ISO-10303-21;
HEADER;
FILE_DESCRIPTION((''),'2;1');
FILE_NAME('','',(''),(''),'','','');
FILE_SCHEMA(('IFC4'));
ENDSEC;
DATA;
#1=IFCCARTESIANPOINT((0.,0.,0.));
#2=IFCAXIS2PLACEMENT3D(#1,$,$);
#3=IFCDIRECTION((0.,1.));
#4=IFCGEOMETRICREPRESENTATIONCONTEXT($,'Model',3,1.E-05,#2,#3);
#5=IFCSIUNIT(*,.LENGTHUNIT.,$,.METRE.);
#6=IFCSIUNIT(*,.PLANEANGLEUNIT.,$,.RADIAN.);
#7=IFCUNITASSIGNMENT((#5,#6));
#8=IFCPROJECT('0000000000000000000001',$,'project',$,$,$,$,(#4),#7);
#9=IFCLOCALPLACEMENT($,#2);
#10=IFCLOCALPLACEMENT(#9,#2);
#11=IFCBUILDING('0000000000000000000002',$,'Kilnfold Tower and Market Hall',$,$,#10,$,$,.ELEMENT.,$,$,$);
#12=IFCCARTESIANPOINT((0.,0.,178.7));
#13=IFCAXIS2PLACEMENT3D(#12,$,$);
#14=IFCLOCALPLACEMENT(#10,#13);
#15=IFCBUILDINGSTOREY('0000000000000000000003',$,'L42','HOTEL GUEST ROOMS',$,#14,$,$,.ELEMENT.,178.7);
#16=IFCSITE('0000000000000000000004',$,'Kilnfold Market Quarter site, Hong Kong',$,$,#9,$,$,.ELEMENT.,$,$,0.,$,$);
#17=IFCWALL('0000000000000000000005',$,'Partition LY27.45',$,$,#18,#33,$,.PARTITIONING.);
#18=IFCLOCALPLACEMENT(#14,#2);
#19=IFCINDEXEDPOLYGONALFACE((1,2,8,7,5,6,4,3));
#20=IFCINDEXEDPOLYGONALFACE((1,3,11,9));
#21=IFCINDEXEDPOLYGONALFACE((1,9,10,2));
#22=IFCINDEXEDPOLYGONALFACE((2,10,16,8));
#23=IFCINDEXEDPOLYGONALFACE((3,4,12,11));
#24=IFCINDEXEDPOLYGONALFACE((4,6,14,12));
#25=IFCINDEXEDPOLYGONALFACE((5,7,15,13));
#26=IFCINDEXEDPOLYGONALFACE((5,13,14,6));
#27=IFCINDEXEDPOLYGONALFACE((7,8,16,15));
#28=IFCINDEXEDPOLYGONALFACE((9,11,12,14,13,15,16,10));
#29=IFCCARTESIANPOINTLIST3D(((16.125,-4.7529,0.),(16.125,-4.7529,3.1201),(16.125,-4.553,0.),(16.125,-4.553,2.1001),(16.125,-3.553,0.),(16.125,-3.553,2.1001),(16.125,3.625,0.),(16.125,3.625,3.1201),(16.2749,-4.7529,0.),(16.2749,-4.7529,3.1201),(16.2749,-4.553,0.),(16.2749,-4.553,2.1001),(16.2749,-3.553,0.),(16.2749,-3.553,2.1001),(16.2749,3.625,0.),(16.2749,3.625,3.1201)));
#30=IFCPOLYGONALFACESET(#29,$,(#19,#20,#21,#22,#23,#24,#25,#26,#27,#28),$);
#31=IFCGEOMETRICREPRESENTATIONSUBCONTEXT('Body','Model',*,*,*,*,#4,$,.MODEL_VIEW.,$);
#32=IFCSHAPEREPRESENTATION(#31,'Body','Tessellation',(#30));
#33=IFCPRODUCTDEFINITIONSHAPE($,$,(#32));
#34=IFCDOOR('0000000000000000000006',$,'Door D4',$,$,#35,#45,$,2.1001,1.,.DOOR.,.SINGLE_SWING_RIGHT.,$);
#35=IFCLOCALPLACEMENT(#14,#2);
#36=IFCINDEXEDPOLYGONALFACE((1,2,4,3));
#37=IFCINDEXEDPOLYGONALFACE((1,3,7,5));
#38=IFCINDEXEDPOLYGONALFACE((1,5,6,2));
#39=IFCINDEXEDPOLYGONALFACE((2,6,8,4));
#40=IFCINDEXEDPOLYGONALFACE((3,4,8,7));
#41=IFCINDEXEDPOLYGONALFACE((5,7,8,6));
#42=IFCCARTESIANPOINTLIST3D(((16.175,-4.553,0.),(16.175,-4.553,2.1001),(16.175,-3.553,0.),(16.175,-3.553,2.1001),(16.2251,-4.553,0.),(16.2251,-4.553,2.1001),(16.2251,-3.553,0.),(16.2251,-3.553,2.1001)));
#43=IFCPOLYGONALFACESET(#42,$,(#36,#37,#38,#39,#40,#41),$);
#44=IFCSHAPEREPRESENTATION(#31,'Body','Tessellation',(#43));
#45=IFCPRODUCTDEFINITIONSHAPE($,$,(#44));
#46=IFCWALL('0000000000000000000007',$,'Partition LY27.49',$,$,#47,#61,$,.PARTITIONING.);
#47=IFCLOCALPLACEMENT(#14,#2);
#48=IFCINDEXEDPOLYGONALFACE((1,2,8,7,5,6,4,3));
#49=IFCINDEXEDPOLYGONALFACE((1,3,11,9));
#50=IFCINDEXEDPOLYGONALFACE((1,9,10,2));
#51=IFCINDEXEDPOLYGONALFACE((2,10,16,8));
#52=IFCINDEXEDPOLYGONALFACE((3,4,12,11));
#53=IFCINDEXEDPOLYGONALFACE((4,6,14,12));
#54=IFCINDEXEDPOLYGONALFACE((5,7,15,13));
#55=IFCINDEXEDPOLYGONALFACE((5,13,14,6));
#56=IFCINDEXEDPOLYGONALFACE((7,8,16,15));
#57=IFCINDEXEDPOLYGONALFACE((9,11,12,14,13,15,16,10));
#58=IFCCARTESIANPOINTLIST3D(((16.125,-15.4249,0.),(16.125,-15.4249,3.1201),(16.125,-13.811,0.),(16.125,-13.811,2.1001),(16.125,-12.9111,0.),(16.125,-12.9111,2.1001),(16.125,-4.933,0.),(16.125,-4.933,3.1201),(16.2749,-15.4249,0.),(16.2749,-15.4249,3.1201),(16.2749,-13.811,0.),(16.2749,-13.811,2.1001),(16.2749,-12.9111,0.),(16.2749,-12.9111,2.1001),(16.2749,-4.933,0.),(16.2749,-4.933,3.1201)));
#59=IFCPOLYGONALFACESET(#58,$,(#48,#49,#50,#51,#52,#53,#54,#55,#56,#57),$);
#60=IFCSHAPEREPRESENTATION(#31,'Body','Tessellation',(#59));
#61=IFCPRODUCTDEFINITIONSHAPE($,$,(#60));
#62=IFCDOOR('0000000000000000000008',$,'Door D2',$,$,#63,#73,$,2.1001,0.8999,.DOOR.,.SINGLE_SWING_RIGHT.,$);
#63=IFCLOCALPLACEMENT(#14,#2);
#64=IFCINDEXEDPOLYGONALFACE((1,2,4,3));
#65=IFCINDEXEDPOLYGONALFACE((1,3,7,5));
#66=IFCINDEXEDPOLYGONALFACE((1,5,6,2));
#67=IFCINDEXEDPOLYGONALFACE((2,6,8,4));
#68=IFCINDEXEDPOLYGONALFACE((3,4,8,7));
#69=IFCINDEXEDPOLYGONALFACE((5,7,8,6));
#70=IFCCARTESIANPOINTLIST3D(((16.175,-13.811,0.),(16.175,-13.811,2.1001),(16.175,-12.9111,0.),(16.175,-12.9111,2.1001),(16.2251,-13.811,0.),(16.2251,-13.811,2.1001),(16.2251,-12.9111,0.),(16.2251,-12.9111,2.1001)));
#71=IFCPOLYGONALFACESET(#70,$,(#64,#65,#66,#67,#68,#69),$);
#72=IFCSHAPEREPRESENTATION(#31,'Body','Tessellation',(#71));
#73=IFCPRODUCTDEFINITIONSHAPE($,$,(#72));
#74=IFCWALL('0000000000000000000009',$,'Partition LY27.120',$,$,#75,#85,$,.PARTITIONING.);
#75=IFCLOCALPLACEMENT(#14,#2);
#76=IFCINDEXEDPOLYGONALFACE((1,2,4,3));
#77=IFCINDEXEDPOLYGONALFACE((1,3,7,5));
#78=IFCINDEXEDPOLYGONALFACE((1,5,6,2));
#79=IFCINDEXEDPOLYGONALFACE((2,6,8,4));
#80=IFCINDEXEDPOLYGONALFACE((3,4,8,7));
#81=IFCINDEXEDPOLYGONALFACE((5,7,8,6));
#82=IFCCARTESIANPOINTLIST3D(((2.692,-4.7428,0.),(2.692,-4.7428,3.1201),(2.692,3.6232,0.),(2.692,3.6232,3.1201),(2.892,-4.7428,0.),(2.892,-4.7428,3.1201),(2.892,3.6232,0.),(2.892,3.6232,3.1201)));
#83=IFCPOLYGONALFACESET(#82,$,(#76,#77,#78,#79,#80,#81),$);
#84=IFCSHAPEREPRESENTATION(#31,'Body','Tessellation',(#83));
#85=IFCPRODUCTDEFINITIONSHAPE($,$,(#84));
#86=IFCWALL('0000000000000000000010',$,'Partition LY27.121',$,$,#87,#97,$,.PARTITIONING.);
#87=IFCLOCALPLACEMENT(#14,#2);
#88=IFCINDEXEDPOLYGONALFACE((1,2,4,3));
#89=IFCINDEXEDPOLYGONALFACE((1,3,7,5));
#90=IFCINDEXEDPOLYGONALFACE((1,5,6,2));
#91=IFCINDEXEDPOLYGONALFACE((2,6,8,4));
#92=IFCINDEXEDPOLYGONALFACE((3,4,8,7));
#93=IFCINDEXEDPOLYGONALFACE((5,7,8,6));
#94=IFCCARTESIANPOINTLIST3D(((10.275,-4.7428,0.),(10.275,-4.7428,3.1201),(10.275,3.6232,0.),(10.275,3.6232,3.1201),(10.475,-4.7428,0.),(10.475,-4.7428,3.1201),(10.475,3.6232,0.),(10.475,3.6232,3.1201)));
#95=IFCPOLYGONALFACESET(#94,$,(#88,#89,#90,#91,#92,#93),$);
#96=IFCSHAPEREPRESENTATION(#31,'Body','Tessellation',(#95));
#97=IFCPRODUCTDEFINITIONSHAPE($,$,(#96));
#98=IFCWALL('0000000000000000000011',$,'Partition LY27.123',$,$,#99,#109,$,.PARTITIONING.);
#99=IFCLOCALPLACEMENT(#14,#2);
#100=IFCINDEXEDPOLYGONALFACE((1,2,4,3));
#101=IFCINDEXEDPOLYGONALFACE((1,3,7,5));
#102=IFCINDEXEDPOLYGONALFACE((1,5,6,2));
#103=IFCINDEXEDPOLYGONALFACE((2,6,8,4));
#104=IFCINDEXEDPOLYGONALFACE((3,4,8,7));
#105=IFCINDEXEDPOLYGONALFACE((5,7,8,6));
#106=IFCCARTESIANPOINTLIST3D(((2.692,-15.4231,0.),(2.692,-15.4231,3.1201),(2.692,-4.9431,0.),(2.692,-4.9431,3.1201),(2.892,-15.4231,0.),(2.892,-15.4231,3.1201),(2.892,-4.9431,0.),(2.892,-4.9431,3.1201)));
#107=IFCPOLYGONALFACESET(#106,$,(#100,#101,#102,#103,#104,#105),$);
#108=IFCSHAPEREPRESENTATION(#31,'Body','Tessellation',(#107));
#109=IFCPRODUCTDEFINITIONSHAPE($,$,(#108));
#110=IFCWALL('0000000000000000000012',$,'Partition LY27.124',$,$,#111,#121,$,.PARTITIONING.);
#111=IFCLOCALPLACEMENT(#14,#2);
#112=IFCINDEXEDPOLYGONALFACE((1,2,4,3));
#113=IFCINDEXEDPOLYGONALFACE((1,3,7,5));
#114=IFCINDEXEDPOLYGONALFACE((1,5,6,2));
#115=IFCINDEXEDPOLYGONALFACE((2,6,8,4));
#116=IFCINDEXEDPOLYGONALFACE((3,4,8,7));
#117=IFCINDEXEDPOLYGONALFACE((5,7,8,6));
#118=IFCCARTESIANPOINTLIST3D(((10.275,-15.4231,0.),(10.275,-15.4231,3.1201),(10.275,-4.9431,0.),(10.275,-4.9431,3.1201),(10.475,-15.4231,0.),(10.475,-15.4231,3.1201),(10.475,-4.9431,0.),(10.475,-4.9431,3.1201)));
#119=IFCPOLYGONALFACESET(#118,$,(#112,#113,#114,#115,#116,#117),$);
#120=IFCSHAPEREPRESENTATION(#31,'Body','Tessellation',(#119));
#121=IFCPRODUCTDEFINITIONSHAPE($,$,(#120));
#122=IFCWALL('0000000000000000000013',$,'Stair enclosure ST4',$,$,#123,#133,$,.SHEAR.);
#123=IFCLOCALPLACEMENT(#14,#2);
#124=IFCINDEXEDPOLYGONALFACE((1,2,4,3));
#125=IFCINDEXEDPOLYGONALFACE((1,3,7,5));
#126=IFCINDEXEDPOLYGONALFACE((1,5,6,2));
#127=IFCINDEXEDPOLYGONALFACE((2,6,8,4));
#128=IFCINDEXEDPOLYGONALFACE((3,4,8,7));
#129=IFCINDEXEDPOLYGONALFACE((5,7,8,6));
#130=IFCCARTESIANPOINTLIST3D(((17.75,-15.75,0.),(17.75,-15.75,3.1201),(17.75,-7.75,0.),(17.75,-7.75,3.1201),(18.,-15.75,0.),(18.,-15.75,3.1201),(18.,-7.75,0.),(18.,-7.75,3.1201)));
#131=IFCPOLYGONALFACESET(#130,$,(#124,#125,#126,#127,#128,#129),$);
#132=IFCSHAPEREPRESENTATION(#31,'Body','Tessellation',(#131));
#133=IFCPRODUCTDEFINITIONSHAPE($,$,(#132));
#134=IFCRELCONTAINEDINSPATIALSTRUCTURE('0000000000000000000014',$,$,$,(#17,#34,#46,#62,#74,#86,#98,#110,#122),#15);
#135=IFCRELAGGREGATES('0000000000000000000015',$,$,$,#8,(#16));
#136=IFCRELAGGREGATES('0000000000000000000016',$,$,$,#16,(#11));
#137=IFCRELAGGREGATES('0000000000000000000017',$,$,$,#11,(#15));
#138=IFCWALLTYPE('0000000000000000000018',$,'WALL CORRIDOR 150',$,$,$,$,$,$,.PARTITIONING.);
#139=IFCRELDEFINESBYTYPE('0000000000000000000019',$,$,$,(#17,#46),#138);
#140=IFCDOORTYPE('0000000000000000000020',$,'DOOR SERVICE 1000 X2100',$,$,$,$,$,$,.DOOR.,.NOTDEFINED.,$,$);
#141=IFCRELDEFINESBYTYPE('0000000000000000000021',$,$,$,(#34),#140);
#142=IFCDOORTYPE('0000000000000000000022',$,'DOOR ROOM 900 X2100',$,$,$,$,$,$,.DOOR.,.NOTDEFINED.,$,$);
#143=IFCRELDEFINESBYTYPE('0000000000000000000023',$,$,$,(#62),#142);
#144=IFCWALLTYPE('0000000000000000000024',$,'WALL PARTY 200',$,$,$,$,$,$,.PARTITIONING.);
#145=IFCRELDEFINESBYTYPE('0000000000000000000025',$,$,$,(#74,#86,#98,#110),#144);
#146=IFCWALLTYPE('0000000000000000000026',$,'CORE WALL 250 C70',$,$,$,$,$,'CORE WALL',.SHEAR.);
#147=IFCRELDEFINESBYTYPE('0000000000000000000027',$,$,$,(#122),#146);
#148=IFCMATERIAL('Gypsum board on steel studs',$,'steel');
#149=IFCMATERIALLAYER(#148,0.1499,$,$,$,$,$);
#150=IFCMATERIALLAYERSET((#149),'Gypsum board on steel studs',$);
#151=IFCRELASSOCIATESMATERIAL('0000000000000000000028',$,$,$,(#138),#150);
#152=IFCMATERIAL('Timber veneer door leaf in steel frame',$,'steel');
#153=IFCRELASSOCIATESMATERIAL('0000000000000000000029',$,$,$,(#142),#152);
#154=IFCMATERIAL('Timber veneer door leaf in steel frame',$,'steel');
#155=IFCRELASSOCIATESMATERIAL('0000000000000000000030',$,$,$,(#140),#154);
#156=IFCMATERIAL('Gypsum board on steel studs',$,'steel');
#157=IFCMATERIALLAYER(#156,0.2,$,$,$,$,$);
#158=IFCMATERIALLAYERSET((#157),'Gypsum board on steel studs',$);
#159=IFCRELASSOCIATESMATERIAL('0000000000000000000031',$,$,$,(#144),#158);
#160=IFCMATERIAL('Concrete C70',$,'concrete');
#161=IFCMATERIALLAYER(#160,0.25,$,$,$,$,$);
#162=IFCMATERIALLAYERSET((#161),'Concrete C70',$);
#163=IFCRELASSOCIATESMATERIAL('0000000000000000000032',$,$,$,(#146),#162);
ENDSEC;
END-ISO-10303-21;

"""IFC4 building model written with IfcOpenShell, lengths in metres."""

from ifc_helpers import new_model, si_unit, direction, frame, frame_2d, origin, place, context, subcontext, project, spatial, rectangle, extrude, source, transform, mapped, material, layer, layer_set, type_object, element, fill, save


model = new_model("IFC4")

# Units and contexts
model_context = context("Model", 3, precision=1e-05, world=origin(), true_north=direction((0.0, 1.0)))
body_context = subcontext(model_context, "Body", "Model", "MODEL_VIEW")
ifc_project = project(units=[si_unit("LENGTHUNIT", "METRE"), si_unit("PLANEANGLEUNIT", "RADIAN")], contexts=[model_context])

# Site, building, storey
site_placement = place(None, origin())
site = spatial("IfcSite", under=ifc_project, at=site_placement, Name="Kilnfold Market Quarter site, Hong Kong", CompositionType="ELEMENT", RefElevation=0.0)
building_placement = place(site_placement, origin())
building = spatial("IfcBuilding", under=site, at=building_placement, Name="Kilnfold Tower and Market Hall", CompositionType="ELEMENT")
storey_placement = place(building_placement, frame((0.0, 0.0, 178.7)))
storey = spatial("IfcBuildingStorey", under=building, at=storey_placement, Name="L42", Description="HOTEL GUEST ROOMS", CompositionType="ELEMENT", Elevation=178.7)

# Shared definitions
ifc_material_1 = material(Name="Gypsum board on steel studs", Category="steel")
ifc_layer_1 = layer(ifc_material_1, 0.1499)
ifc_layer_set_1 = layer_set([ifc_layer_1], Name="Gypsum board on steel studs")
wall_type_1 = type_object("IfcWallType", Name="WALL CORRIDOR 150", PredefinedType="PARTITIONING", material=ifc_layer_set_1)
ifc_material_2 = material(Name="Timber veneer door leaf in steel frame", Category="steel")
door_type_1 = type_object("IfcDoorType", Name="DOOR ROOM 900 X2100", OperationType="NOTDEFINED", PredefinedType="DOOR", material=ifc_material_2)

# Walls, openings, doors
wall_1_placement = place(storey_placement, frame((16.2, -4.7529, 0.0), z_axis=(0.0, 0.0, 1.0), x_axis=(0.0, 1.0, 0.0)))
wall_1 = element("IfcWall", 1, at=wall_1_placement, inside=storey, type_object=wall_type_1, Name="Partition LY27.45", PredefinedType="PARTITIONING", context=body_context, shape_type="SweptSolid", body=[
    extrude(rectangle(XDim=8.3779, YDim=0.1499, at=frame_2d((4.189, 0.0))), origin(), (0.0, 0.0, 1.0), 3.1201),
])
opening_1_placement = place(wall_1_placement, frame((0.2, 0.0, 0.0)))
opening_1 = element("IfcOpeningElement", 2, at=opening_1_placement, cuts=wall_1, PredefinedType="OPENING", context=body_context, shape_type="SweptSolid", body=[
    extrude(rectangle(XDim=1.0, YDim=2.1001, at=frame_2d((0.5, 1.05))), frame((0.0, 0.085, 0.0), z_axis=(0.0, -1.0, 0.0), x_axis=(1.0, 0.0, 0.0)), (0.0, 0.0, 1.0), 0.1699),
])
ifc_material_3 = material(Name="Timber veneer door leaf in steel frame", Category="steel")
door_type_2 = type_object("IfcDoorType", Name="DOOR SERVICE 1000 X2100", OperationType="NOTDEFINED", PredefinedType="DOOR", material=ifc_material_3)
door_1_placement = place(opening_1_placement, origin())
door_1 = element("IfcDoor", 3, at=door_1_placement, inside=storey, type_object=door_type_2, Name="Door D4", OperationType="SINGLE_SWING_RIGHT", OverallHeight=2.1001, OverallWidth=1.0, PredefinedType="DOOR", context=body_context, shape_type="SweptSolid", body=[
    extrude(rectangle(XDim=1.0, YDim=2.1001, at=frame_2d((0.5, 1.05))), frame((0.0, 0.0249, 0.0), z_axis=(0.0, -1.0, 0.0), x_axis=(1.0, 0.0, 0.0)), (0.0, 0.0, 1.0), 0.05),
])
fill(opening_1, door_1)
wall_2_placement = place(storey_placement, frame((16.2, -15.425, 0.0), z_axis=(0.0, 0.0, 1.0), x_axis=(0.0, 1.0, 0.0)))
wall_2 = element("IfcWall", 4, at=wall_2_placement, inside=storey, type_object=wall_type_1, Name="Partition LY27.49", PredefinedType="PARTITIONING", context=body_context, shape_type="SweptSolid", body=[
    extrude(rectangle(XDim=10.4919, YDim=0.1499, at=frame_2d((5.2461, 0.0))), origin(), (0.0, 0.0, 1.0), 3.1201),
])
opening_2_placement = place(wall_2_placement, frame((1.614, 0.0, 0.0)))
opening_2 = element("IfcOpeningElement", 5, at=opening_2_placement, cuts=wall_2, PredefinedType="OPENING", context=body_context, shape_type="SweptSolid", body=[
    extrude(rectangle(XDim=0.8999, YDim=2.1001, at=frame_2d((0.45, 1.05))), frame((0.0, 0.085, 0.0), z_axis=(0.0, -1.0, 0.0), x_axis=(1.0, 0.0, 0.0)), (0.0, 0.0, 1.0), 0.1699),
])
door_2_placement = place(opening_2_placement, origin())
door_2 = element("IfcDoor", 6, at=door_2_placement, inside=storey, type_object=door_type_1, Name="Door D2", OperationType="SINGLE_SWING_RIGHT", OverallHeight=2.1001, OverallWidth=0.8999, PredefinedType="DOOR", context=body_context, shape_type="SweptSolid", body=[
    extrude(rectangle(XDim=0.8999, YDim=2.1001, at=frame_2d((0.45, 1.05))), frame((0.0, 0.0249, 0.0), z_axis=(0.0, -1.0, 0.0), x_axis=(1.0, 0.0, 0.0)), (0.0, 0.0, 1.0), 0.05),
])
fill(opening_2, door_2)

# Walls
ifc_material_4 = material(Name="Gypsum board on steel studs", Category="steel")
ifc_layer_2 = layer(ifc_material_4, 0.2)
ifc_layer_set_2 = layer_set([ifc_layer_2], Name="Gypsum board on steel studs")
wall_type_2 = type_object("IfcWallType", Name="WALL PARTY 200", PredefinedType="PARTITIONING", material=ifc_layer_set_2)
for number, where, z_axis, x_axis, name in (
    (7, (2.792, -4.7429, 0.0), (0.0, 0.0, 1.0), (0.0, 1.0, 0.0), "Partition LY27.120"),
    (8, (10.375, -4.7429, 0.0), (0.0, 0.0, 1.0), (0.0, 1.0, 0.0), "Partition LY27.121"),
):
    element("IfcWall", number, at=place(storey_placement, frame(where, z_axis=z_axis, x_axis=x_axis)), inside=storey, type_object=wall_type_2, Name=name, PredefinedType="PARTITIONING", context=body_context, shape_type="SweptSolid", body=[
        extrude(rectangle(XDim=8.366, YDim=0.2, at=frame_2d((4.1831, 0.0))), origin(), (0.0, 0.0, 1.0), 3.1201),
    ])
for number, where, z_axis, x_axis, name in (
    (9, (2.792, -15.4231, 0.0), (0.0, 0.0, 1.0), (0.0, 1.0, 0.0), "Partition LY27.123"),
    (10, (10.375, -15.4231, 0.0), (0.0, 0.0, 1.0), (0.0, 1.0, 0.0), "Partition LY27.124"),
):
    element("IfcWall", number, at=place(storey_placement, frame(where, z_axis=z_axis, x_axis=x_axis)), inside=storey, type_object=wall_type_2, Name=name, PredefinedType="PARTITIONING", context=body_context, shape_type="SweptSolid", body=[
        extrude(rectangle(XDim=10.48, YDim=0.2, at=frame_2d((5.24, 0.0))), origin(), (0.0, 0.0, 1.0), 3.1201),
    ])
ifc_material_5 = material(Name="Concrete C70", Category="concrete")
ifc_layer_3 = layer(ifc_material_5, 0.25)
ifc_layer_set_3 = layer_set([ifc_layer_3], Name="Concrete C70")
wall_type_3 = type_object("IfcWallType", Name="CORE WALL 250 C70", ElementType="CORE WALL", PredefinedType="SHEAR", material=ifc_layer_set_3)
shared_shape_1 = source(origin(), body_context, "Body", "SweptSolid", [
    extrude(rectangle(XDim=8.0, YDim=0.25, at=frame_2d((4.0, 0.0))), origin(), (0.0, 0.0, 1.0), 3.1201),
])
wall_3_placement = place(storey_placement, frame((17.875, -15.75, 0.0), z_axis=(0.0, 0.0, 1.0), x_axis=(0.0, 1.0, 0.0)))
element("IfcWall", 11, at=wall_3_placement, inside=storey, type_object=wall_type_3, Name="Stair enclosure ST4", PredefinedType="SHEAR", context=body_context, shape_type="MappedRepresentation", body=[
    mapped(shared_shape_1, transform((0.0, 0.0, 0.0))),
])

save(model, "model.ifc")
